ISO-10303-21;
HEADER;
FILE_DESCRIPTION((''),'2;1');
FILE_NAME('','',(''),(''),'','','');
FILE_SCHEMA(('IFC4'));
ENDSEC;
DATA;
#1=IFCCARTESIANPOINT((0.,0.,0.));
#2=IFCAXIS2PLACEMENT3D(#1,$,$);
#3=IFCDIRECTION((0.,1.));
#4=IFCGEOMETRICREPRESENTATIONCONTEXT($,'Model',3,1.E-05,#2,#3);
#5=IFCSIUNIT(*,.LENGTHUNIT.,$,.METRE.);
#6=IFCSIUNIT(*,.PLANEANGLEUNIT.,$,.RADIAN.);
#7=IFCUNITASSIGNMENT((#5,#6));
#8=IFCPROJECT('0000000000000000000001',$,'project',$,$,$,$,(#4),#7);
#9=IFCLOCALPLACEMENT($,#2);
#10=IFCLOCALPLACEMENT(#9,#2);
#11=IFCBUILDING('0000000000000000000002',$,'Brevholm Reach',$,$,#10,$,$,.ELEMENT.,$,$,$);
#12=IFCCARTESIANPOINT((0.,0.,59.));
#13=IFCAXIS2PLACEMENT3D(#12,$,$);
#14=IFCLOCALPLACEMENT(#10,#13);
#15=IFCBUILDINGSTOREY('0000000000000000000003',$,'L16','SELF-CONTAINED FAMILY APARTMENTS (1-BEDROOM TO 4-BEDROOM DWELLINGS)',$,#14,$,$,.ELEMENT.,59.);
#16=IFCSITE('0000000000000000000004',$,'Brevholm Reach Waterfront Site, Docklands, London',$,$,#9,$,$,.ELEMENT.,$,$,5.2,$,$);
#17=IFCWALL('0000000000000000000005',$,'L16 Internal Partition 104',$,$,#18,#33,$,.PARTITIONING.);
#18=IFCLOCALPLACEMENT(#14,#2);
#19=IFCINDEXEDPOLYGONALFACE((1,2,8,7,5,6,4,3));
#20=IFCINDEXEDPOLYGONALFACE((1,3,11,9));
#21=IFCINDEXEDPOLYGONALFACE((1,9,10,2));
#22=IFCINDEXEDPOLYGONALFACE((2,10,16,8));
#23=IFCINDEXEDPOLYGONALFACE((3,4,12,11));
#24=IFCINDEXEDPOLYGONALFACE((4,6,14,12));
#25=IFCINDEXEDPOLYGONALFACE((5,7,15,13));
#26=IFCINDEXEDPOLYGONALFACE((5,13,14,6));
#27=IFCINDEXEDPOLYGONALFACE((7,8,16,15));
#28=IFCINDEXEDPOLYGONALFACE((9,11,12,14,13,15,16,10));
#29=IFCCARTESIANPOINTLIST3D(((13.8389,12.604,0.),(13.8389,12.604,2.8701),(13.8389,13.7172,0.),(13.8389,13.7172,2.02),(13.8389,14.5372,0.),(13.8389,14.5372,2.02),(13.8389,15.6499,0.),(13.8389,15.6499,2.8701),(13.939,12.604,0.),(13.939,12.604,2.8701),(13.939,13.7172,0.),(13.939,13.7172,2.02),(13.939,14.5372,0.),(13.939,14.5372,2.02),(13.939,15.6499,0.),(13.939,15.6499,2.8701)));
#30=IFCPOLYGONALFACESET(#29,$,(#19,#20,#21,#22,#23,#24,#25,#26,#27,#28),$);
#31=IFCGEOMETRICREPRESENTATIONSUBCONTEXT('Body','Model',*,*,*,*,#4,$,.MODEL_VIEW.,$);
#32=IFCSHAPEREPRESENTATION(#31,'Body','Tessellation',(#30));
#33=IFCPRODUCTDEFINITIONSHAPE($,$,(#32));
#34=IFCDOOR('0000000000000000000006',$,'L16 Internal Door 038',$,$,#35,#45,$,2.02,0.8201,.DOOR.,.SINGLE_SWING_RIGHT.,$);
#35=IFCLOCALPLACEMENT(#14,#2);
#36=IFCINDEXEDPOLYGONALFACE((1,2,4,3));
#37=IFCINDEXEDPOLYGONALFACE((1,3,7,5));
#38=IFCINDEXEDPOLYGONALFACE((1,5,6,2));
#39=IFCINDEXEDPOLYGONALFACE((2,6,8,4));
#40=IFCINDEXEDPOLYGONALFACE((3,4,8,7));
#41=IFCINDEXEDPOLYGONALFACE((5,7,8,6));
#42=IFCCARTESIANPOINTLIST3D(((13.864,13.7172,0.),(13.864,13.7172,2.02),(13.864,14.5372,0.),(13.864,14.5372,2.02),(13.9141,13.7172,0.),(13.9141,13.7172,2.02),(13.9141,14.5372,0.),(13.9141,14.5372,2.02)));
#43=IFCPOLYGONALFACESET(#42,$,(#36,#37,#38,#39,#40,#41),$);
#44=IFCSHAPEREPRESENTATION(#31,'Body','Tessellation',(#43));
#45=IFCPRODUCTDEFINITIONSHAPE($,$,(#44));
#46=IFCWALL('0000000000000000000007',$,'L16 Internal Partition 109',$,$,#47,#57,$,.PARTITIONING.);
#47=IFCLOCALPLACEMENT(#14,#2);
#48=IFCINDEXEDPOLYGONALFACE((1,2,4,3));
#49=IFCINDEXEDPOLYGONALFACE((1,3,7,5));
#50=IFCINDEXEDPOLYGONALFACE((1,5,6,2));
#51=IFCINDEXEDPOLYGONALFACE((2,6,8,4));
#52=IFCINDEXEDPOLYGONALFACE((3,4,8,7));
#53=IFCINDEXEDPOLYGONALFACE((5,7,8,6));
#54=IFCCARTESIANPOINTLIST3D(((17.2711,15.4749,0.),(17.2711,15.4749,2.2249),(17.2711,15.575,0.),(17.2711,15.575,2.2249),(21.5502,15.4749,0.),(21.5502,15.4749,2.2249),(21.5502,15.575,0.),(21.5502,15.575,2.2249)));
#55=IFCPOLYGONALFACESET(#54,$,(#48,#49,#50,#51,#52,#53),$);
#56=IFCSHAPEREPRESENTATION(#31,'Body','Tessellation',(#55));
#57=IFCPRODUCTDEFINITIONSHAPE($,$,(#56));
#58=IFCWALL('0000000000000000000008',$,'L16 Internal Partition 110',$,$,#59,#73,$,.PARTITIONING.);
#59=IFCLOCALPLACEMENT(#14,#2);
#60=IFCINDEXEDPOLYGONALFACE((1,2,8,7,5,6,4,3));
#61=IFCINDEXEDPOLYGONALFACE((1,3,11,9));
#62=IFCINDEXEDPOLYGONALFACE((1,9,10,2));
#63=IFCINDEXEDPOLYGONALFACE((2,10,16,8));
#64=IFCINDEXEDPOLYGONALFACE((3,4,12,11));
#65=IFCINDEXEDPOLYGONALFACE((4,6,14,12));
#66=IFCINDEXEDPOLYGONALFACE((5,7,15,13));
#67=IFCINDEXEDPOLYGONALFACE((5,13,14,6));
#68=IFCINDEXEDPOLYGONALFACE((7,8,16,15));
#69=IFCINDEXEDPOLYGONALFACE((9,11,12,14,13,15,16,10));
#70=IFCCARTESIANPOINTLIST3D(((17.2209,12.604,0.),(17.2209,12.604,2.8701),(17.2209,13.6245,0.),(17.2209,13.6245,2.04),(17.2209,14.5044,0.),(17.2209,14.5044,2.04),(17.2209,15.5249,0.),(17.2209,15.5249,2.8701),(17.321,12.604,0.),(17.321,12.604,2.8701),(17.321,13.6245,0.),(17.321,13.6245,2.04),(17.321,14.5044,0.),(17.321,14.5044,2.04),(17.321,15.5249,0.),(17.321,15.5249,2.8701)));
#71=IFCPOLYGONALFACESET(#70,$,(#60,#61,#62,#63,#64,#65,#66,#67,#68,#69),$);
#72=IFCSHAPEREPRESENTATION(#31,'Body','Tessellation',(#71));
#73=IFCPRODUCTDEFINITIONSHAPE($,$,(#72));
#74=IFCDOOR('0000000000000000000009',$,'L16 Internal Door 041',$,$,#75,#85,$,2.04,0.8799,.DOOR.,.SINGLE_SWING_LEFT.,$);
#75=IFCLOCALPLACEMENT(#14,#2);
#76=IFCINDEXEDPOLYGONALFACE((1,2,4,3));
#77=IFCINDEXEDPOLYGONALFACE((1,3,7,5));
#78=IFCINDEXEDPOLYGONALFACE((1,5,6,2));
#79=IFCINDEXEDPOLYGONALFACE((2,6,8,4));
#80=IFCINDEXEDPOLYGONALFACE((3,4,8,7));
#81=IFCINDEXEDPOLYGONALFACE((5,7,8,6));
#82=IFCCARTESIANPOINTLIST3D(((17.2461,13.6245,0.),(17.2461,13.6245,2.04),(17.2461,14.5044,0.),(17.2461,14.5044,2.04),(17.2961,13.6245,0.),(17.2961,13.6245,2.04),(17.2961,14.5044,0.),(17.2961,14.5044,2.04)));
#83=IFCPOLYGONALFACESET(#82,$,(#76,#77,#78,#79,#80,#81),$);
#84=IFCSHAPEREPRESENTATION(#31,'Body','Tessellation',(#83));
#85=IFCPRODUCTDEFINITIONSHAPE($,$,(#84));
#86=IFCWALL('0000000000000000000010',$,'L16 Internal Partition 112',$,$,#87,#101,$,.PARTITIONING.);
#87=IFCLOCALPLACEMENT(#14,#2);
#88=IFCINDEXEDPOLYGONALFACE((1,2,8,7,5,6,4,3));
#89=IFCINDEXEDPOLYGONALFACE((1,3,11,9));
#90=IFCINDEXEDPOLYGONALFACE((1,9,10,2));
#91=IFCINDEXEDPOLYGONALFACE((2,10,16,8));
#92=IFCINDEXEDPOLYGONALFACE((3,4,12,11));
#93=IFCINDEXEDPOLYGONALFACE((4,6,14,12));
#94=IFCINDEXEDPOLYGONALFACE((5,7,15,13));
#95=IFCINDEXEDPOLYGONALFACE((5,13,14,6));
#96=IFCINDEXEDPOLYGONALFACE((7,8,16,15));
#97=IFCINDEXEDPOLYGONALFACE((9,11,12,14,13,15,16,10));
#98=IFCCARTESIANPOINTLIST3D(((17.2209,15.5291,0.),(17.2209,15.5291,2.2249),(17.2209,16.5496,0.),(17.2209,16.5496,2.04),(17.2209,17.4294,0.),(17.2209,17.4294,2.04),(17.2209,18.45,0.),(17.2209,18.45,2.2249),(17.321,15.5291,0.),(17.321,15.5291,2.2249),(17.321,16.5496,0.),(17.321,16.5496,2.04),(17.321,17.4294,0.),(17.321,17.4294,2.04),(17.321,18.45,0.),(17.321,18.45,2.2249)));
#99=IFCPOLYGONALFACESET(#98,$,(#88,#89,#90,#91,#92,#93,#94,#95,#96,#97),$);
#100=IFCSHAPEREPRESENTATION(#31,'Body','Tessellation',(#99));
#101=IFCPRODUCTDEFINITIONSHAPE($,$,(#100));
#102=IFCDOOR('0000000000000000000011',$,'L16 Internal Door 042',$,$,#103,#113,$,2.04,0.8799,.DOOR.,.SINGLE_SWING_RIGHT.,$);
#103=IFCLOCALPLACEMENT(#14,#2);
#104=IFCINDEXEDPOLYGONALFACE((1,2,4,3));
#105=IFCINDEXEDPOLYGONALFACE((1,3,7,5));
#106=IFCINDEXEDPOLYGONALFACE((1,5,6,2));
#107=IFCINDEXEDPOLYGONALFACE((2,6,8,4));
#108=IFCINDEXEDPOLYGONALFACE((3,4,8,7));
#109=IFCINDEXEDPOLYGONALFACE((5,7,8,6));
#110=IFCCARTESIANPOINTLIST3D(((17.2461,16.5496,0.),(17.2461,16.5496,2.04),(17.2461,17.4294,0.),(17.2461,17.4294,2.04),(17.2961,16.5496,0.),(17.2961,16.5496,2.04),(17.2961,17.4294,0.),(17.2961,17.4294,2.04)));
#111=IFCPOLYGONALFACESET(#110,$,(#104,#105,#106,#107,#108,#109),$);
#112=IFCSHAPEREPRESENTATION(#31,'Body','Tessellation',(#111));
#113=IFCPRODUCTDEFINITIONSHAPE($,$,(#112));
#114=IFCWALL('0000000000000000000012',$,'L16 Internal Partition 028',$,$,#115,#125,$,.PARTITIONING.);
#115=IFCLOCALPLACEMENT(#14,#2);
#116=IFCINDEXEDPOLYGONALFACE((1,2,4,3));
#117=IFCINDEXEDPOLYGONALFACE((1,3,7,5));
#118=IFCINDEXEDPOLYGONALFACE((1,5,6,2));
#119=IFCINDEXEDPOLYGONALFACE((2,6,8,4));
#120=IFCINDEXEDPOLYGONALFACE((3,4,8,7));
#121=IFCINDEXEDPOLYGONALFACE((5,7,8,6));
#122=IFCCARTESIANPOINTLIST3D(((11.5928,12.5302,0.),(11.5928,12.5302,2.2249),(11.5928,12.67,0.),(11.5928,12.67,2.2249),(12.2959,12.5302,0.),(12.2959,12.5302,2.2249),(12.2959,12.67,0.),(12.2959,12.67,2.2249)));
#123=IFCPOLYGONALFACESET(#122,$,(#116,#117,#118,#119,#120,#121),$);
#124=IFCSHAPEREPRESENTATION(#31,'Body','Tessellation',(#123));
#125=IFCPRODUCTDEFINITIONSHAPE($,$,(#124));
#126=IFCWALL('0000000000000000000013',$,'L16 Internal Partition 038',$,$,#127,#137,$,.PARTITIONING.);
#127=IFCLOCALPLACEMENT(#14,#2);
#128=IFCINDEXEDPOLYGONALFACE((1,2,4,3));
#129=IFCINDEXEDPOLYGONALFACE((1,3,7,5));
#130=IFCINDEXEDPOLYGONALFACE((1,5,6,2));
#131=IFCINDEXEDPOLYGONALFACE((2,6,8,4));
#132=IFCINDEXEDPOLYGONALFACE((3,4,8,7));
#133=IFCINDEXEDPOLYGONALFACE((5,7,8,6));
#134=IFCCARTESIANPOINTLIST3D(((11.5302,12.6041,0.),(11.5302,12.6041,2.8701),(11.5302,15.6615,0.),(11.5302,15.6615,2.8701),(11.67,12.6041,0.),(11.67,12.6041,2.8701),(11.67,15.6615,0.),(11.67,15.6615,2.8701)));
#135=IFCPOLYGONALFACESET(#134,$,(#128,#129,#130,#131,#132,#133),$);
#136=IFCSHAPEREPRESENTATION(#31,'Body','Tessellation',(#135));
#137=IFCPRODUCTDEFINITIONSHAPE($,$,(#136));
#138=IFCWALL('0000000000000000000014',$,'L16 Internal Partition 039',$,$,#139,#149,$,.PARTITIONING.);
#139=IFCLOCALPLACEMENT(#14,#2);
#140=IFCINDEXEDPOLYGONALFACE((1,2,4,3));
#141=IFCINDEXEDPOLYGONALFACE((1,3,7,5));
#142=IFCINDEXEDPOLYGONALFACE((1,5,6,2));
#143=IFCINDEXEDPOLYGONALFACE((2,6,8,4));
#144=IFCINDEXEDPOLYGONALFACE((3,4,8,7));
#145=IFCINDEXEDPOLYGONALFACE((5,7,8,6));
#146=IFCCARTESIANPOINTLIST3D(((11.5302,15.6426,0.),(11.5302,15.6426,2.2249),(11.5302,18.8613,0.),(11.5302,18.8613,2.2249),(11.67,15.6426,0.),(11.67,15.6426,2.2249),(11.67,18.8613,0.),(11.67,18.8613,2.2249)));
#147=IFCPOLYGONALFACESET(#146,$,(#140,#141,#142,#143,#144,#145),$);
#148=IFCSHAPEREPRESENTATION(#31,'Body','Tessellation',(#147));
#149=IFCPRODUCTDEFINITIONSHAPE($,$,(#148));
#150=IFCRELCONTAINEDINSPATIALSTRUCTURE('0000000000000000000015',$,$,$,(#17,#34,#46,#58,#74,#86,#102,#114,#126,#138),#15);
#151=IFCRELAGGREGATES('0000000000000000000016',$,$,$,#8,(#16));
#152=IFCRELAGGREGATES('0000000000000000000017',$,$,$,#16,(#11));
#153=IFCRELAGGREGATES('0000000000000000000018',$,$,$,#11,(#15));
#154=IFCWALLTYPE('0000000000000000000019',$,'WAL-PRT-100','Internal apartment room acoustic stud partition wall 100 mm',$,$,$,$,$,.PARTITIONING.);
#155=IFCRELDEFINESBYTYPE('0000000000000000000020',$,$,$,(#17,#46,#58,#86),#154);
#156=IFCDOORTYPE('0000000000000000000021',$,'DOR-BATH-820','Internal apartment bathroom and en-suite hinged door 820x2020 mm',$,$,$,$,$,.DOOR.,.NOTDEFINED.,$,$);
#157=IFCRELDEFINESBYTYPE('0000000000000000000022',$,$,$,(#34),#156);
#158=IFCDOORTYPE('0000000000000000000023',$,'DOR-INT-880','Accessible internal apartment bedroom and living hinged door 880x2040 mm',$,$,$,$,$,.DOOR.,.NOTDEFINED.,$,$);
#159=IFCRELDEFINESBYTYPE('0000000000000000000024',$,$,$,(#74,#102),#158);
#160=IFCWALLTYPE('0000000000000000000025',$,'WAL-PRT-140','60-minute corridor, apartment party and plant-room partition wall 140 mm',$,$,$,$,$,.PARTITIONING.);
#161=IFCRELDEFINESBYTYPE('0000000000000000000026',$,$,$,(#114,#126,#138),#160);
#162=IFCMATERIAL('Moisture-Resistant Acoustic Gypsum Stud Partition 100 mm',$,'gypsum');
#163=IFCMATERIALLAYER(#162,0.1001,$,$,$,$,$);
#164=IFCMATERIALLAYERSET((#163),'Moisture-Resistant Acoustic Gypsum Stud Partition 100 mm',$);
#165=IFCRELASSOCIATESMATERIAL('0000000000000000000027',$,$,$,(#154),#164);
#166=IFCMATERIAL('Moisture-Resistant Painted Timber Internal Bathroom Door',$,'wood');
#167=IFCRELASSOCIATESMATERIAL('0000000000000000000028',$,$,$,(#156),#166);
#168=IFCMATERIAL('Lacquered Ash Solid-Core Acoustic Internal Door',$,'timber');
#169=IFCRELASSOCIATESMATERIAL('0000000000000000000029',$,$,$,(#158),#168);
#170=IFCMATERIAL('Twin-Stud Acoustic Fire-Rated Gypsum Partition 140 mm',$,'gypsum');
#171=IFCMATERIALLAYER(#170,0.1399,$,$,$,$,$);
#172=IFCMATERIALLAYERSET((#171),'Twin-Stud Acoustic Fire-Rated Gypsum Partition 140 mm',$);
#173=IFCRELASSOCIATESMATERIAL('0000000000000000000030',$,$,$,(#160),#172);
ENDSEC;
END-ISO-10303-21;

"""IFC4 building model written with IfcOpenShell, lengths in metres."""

from ifc_helpers import new_model, si_unit, direction, frame, frame_2d, origin, place, context, subcontext, project, spatial, rectangle, extrude, material, layer, layer_set, type_object, element, fill, save


model = new_model("IFC4")

# Units and contexts
model_context = context("Model", 3, precision=1e-05, world=origin(), true_north=direction((0.0, 1.0)))
body_context = subcontext(model_context, "Body", "Model", "MODEL_VIEW")
ifc_project = project(units=[si_unit("LENGTHUNIT", "METRE"), si_unit("PLANEANGLEUNIT", "RADIAN")], contexts=[model_context])

# Site, building, storey
site_placement = place(None, origin())
site = spatial("IfcSite", under=ifc_project, at=site_placement, Name="Brevholm Reach Waterfront Site, Docklands, London", CompositionType="ELEMENT", RefElevation=5.2)
building_placement = place(site_placement, origin())
building = spatial("IfcBuilding", under=site, at=building_placement, Name="Brevholm Reach", CompositionType="ELEMENT")
storey_placement = place(building_placement, frame((0.0, 0.0, 59.0)))
storey = spatial("IfcBuildingStorey", under=building, at=storey_placement, Name="L16", Description="SELF-CONTAINED FAMILY APARTMENTS (1-BEDROOM TO 4-BEDROOM DWELLINGS)", CompositionType="ELEMENT", Elevation=59.0)

# Shared definitions
ifc_material_1 = material(Name="Moisture-Resistant Acoustic Gypsum Stud Partition 100 mm", Category="gypsum")
ifc_layer_1 = layer(ifc_material_1, 0.1001)
ifc_layer_set_1 = layer_set([ifc_layer_1], Name="Moisture-Resistant Acoustic Gypsum Stud Partition 100 mm")
wall_type_1 = type_object("IfcWallType", Name="WAL-PRT-100", Description="Internal apartment room acoustic stud partition wall 100 mm", PredefinedType="PARTITIONING", material=ifc_layer_set_1)

# Wall, opening, door
wall_1_placement = place(storey_placement, frame((13.8889, 12.604, 0.0), z_axis=(0.0, 0.0, 1.0), x_axis=(0.0, 1.0, 0.0)))
wall_1 = element("IfcWall", 1, at=wall_1_placement, inside=storey, type_object=wall_type_1, Name="L16 Internal Partition 104", PredefinedType="PARTITIONING", context=body_context, shape_type="SweptSolid", body=[
    extrude(rectangle(XDim=3.0459, YDim=0.1001, at=frame_2d((1.5229, 0.0))), origin(), (0.0, 0.0, 1.0), 2.8701),
])
opening_1_placement = place(wall_1_placement, frame((1.113, 0.0, 0.0)))
opening_1 = element("IfcOpeningElement", 2, at=opening_1_placement, cuts=wall_1, PredefinedType="OPENING", context=body_context, shape_type="SweptSolid", body=[
    extrude(rectangle(XDim=0.8201, YDim=2.02, at=frame_2d((0.4102, 1.01))), frame((0.0, 0.0601, 0.0), z_axis=(0.0, -1.0, 0.0), x_axis=(1.0, 0.0, 0.0)), (0.0, 0.0, 1.0), 0.1201),
])
ifc_material_2 = material(Name="Moisture-Resistant Painted Timber Internal Bathroom Door", Category="wood")
door_type_1 = type_object("IfcDoorType", Name="DOR-BATH-820", Description="Internal apartment bathroom and en-suite hinged door 820x2020 mm", OperationType="NOTDEFINED", PredefinedType="DOOR", material=ifc_material_2)
door_1_placement = place(opening_1_placement, origin())
door_1 = element("IfcDoor", 3, at=door_1_placement, inside=storey, type_object=door_type_1, Name="L16 Internal Door 038", OperationType="SINGLE_SWING_RIGHT", OverallHeight=2.02, OverallWidth=0.8201, PredefinedType="DOOR", context=body_context, shape_type="SweptSolid", body=[
    extrude(rectangle(XDim=0.8201, YDim=2.02, at=frame_2d((0.4102, 1.01))), frame((0.0, 0.0249, 0.0), z_axis=(0.0, -1.0, 0.0), x_axis=(1.0, 0.0, 0.0)), (0.0, 0.0, 1.0), 0.05),
])
fill(opening_1, door_1)

# Wall
wall_2_placement = place(storey_placement, frame((17.271, 15.5249, 0.0), z_axis=(0.0, 0.0, 1.0), x_axis=(1.0, 0.0, 0.0)))
element("IfcWall", 4, at=wall_2_placement, inside=storey, type_object=wall_type_1, Name="L16 Internal Partition 109", PredefinedType="PARTITIONING", context=body_context, shape_type="SweptSolid", body=[
    extrude(rectangle(XDim=4.2791, YDim=0.1001, at=frame_2d((2.1396, 0.0))), origin(), (0.0, 0.0, 1.0), 2.2249),
])

# Walls, openings, doors
wall_3_placement = place(storey_placement, frame((17.271, 12.604, 0.0), z_axis=(0.0, 0.0, 1.0), x_axis=(0.0, 1.0, 0.0)))
wall_3 = element("IfcWall", 5, at=wall_3_placement, inside=storey, type_object=wall_type_1, Name="L16 Internal Partition 110", PredefinedType="PARTITIONING", context=body_context, shape_type="SweptSolid", body=[
    extrude(rectangle(XDim=2.9209, YDim=0.1001, at=frame_2d((1.4604, 0.0))), origin(), (0.0, 0.0, 1.0), 2.8701),
])
opening_2_placement = place(wall_3_placement, frame((1.0205, 0.0, 0.0)))
opening_2 = element("IfcOpeningElement", 6, at=opening_2_placement, cuts=wall_3, PredefinedType="OPENING", context=body_context, shape_type="SweptSolid", body=[
    extrude(rectangle(XDim=0.8799, YDim=2.04, at=frame_2d((0.4399, 1.02))), frame((0.0, 0.0601, 0.0), z_axis=(0.0, -1.0, 0.0), x_axis=(1.0, 0.0, 0.0)), (0.0, 0.0, 1.0), 0.1201),
])
ifc_material_3 = material(Name="Lacquered Ash Solid-Core Acoustic Internal Door", Category="timber")
door_type_2 = type_object("IfcDoorType", Name="DOR-INT-880", Description="Accessible internal apartment bedroom and living hinged door 880x2040 mm", OperationType="NOTDEFINED", PredefinedType="DOOR", material=ifc_material_3)
door_2_placement = place(opening_2_placement, origin())
door_2 = element("IfcDoor", 7, at=door_2_placement, inside=storey, type_object=door_type_2, Name="L16 Internal Door 041", OperationType="SINGLE_SWING_LEFT", OverallHeight=2.04, OverallWidth=0.8799, PredefinedType="DOOR", context=body_context, shape_type="SweptSolid", body=[
    extrude(rectangle(XDim=0.8799, YDim=2.04, at=frame_2d((0.4399, 1.02))), frame((0.0, 0.0249, 0.0), z_axis=(0.0, -1.0, 0.0), x_axis=(1.0, 0.0, 0.0)), (0.0, 0.0, 1.0), 0.05),
])
fill(opening_2, door_2)
wall_4_placement = place(storey_placement, frame((17.271, 15.5291, 0.0), z_axis=(0.0, 0.0, 1.0), x_axis=(0.0, 1.0, 0.0)))
wall_4 = element("IfcWall", 8, at=wall_4_placement, inside=storey, type_object=wall_type_1, Name="L16 Internal Partition 112", PredefinedType="PARTITIONING", context=body_context, shape_type="SweptSolid", body=[
    extrude(rectangle(XDim=2.9209, YDim=0.1001, at=frame_2d((1.4604, 0.0))), origin(), (0.0, 0.0, 1.0), 2.2249),
])
opening_3_placement = place(wall_4_placement, frame((1.0205, 0.0, 0.0)))
opening_3 = element("IfcOpeningElement", 9, at=opening_3_placement, cuts=wall_4, PredefinedType="OPENING", context=body_context, shape_type="SweptSolid", body=[
    extrude(rectangle(XDim=0.8799, YDim=2.04, at=frame_2d((0.4399, 1.02))), frame((0.0, 0.0601, 0.0), z_axis=(0.0, -1.0, 0.0), x_axis=(1.0, 0.0, 0.0)), (0.0, 0.0, 1.0), 0.1201),
])
door_3_placement = place(opening_3_placement, origin())
door_3 = element("IfcDoor", 10, at=door_3_placement, inside=storey, type_object=door_type_2, Name="L16 Internal Door 042", OperationType="SINGLE_SWING_RIGHT", OverallHeight=2.04, OverallWidth=0.8799, PredefinedType="DOOR", context=body_context, shape_type="SweptSolid", body=[
    extrude(rectangle(XDim=0.8799, YDim=2.04, at=frame_2d((0.4399, 1.02))), frame((0.0, 0.0249, 0.0), z_axis=(0.0, -1.0, 0.0), x_axis=(1.0, 0.0, 0.0)), (0.0, 0.0, 1.0), 0.05),
])
fill(opening_3, door_3)

# Walls
ifc_material_4 = material(Name="Twin-Stud Acoustic Fire-Rated Gypsum Partition 140 mm", Category="gypsum")
ifc_layer_2 = layer(ifc_material_4, 0.1399)
ifc_layer_set_2 = layer_set([ifc_layer_2], Name="Twin-Stud Acoustic Fire-Rated Gypsum Partition 140 mm")
wall_type_2 = type_object("IfcWallType", Name="WAL-PRT-140", Description="60-minute corridor, apartment party and plant-room partition wall 140 mm", PredefinedType="PARTITIONING", material=ifc_layer_set_2)
wall_5_placement = place(storey_placement, frame((11.5928, 12.6001, 0.0), z_axis=(0.0, 0.0, 1.0), x_axis=(1.0, 0.0, 0.0)))
element("IfcWall", 11, at=wall_5_placement, inside=storey, type_object=wall_type_2, Name="L16 Internal Partition 028", PredefinedType="PARTITIONING", context=body_context, shape_type="SweptSolid", body=[
    extrude(rectangle(XDim=0.7031, YDim=0.1399, at=frame_2d((0.3516, 0.0))), origin(), (0.0, 0.0, 1.0), 2.2249),
])
wall_6_placement = place(storey_placement, frame((11.6001, 12.604, 0.0), z_axis=(0.0, 0.0, 1.0), x_axis=(0.0, 1.0, 0.0)))
element("IfcWall", 12, at=wall_6_placement, inside=storey, type_object=wall_type_2, Name="L16 Internal Partition 038", PredefinedType="PARTITIONING", context=body_context, shape_type="SweptSolid", body=[
    extrude(rectangle(XDim=3.0574, YDim=0.1399, at=frame_2d((1.5288, 0.0))), origin(), (0.0, 0.0, 1.0), 2.8701),
])
wall_7_placement = place(storey_placement, frame((11.6001, 15.6426, 0.0), z_axis=(0.0, 0.0, 1.0), x_axis=(0.0, 1.0, 0.0)))
element("IfcWall", 13, at=wall_7_placement, inside=storey, type_object=wall_type_2, Name="L16 Internal Partition 039", PredefinedType="PARTITIONING", context=body_context, shape_type="SweptSolid", body=[
    extrude(rectangle(XDim=3.2188, YDim=0.1399, at=frame_2d((1.6094, 0.0))), origin(), (0.0, 0.0, 1.0), 2.2249),
])

save(model, "model.ifc")
